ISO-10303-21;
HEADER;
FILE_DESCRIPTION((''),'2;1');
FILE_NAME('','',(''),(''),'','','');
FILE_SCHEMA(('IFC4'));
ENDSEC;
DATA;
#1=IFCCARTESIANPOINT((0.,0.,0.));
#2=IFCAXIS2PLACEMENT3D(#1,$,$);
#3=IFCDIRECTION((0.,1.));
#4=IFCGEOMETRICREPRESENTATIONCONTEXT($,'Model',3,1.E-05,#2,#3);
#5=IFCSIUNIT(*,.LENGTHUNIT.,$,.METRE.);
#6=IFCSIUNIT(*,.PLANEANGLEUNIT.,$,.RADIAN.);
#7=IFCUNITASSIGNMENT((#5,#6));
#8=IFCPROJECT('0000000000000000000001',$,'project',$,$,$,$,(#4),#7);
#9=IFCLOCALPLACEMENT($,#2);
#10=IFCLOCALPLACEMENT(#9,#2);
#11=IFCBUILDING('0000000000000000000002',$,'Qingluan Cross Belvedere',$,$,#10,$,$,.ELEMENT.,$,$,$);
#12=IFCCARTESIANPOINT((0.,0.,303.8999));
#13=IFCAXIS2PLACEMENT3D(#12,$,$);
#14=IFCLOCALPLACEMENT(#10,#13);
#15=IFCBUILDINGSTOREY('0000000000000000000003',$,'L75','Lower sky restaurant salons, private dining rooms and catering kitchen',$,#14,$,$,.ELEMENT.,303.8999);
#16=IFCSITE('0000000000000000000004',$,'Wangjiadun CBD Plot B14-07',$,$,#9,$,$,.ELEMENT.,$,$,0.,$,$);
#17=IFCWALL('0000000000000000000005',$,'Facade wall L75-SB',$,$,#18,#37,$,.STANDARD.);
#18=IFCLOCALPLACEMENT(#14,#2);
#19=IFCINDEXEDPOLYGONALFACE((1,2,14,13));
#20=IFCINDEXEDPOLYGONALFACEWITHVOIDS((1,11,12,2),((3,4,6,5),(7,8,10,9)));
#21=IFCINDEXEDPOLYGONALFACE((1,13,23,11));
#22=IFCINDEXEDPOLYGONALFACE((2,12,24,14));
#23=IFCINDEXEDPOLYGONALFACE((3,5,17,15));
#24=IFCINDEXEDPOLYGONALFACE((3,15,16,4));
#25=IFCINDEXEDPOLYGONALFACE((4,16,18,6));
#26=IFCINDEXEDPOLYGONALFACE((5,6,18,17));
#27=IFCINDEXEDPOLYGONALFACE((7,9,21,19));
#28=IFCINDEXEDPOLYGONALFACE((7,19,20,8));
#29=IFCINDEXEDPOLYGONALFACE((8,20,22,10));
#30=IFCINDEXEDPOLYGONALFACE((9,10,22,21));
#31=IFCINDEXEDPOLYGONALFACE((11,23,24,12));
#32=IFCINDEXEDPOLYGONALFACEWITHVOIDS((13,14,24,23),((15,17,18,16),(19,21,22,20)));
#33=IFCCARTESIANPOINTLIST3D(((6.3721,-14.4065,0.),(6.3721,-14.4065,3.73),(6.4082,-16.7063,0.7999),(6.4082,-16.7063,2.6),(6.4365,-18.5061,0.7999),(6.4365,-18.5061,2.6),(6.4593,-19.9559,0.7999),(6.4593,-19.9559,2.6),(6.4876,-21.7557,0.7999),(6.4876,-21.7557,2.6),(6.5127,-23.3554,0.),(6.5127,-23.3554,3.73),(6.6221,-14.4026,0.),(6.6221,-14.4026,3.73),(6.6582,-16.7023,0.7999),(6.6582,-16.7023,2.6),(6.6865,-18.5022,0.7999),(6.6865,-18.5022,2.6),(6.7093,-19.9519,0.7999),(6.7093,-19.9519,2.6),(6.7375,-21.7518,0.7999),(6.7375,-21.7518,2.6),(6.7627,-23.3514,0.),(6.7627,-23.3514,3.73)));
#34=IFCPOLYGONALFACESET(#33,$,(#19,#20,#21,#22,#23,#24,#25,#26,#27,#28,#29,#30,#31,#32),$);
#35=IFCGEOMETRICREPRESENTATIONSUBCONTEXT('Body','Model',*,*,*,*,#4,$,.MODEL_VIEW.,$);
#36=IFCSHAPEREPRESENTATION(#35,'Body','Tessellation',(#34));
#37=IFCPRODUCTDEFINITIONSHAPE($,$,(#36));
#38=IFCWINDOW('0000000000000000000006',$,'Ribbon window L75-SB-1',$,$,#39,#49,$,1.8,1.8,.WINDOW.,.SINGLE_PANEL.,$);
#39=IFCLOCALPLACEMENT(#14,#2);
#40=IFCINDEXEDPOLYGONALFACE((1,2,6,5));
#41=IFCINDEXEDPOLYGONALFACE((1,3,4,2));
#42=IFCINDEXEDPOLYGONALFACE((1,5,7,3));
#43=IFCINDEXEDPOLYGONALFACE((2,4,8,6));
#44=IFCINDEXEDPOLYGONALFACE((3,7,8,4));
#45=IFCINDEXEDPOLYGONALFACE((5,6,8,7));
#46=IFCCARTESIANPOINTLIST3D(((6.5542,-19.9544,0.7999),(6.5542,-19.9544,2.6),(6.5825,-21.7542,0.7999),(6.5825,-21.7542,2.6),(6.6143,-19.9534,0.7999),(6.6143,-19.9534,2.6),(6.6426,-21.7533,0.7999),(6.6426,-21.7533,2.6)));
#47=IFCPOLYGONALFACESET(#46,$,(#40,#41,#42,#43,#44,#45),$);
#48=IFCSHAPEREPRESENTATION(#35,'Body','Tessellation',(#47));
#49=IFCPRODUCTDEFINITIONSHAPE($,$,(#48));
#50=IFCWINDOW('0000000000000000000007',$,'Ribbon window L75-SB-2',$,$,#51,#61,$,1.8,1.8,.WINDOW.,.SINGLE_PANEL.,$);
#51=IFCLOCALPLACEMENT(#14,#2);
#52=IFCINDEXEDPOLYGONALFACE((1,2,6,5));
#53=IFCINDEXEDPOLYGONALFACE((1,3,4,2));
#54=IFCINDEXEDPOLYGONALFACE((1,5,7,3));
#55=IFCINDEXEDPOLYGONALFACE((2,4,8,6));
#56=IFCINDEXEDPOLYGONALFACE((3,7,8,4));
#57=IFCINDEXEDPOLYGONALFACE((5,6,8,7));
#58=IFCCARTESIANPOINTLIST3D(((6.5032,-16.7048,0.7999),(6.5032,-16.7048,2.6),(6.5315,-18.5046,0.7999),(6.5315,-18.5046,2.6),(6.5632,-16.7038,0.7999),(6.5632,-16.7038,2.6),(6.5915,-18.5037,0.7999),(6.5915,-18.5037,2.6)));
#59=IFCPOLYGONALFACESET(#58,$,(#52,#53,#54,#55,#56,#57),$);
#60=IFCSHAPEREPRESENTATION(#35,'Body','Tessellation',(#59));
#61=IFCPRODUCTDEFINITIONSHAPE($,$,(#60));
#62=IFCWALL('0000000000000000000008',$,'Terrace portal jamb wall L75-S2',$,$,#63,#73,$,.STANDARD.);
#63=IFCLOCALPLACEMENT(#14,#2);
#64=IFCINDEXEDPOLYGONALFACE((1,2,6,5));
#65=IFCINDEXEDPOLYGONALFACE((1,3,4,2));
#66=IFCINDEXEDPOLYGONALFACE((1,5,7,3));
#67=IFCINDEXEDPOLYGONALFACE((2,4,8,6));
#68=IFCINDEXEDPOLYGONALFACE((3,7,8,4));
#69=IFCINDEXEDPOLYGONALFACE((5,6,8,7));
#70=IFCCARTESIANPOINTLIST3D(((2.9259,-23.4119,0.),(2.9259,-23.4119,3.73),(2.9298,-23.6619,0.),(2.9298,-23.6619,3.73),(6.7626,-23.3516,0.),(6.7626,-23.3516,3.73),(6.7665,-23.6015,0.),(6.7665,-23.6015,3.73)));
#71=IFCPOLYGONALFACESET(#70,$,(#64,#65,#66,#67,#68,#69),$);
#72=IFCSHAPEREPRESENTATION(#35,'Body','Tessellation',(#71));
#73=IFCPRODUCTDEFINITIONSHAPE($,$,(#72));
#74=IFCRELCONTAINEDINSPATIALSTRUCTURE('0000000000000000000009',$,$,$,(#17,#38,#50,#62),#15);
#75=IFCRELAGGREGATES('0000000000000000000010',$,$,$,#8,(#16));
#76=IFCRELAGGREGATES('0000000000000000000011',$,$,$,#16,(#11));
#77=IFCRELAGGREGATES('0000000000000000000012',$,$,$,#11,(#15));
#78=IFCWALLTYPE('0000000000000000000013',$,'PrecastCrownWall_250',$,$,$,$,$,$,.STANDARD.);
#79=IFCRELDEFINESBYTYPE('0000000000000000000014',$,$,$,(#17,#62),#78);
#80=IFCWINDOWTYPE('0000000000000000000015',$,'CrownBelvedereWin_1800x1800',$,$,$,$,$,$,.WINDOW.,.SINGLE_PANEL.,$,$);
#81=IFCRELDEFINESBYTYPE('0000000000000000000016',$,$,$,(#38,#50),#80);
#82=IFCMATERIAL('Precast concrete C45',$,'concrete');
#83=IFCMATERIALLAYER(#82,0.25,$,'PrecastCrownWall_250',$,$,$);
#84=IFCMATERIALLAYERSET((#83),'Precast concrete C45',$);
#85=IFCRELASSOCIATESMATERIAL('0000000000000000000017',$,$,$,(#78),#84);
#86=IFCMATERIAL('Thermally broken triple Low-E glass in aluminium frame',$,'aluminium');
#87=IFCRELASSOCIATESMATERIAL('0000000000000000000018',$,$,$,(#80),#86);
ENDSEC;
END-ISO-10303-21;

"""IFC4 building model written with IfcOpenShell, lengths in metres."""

from ifc_helpers import new_model, si_unit, direction, frame, frame_2d, origin, place, context, subcontext, project, spatial, rectangle, extrude, material, layer, layer_set, type_object, element, fill, save


model = new_model("IFC4")

# Units and contexts
model_context = context("Model", 3, precision=1e-05, world=origin(), true_north=direction((0.0, 1.0)))
body_context = subcontext(model_context, "Body", "Model", "MODEL_VIEW")
ifc_project = project(units=[si_unit("LENGTHUNIT", "METRE"), si_unit("PLANEANGLEUNIT", "RADIAN")], contexts=[model_context])

# Site, building, storey
site_placement = place(None, origin())
site = spatial("IfcSite", under=ifc_project, at=site_placement, Name="Wangjiadun CBD Plot B14-07", CompositionType="ELEMENT", RefElevation=0.0)
building_placement = place(site_placement, origin())
building = spatial("IfcBuilding", under=site, at=building_placement, Name="Qingluan Cross Belvedere", CompositionType="ELEMENT")
storey_placement = place(building_placement, frame((0.0, 0.0, 303.8999)))
storey = spatial("IfcBuildingStorey", under=building, at=storey_placement, Name="L75", Description="Lower sky restaurant salons, private dining rooms and catering kitchen", CompositionType="ELEMENT", Elevation=303.8999)

# Wall, openings, windows
ifc_material_1 = material(Name="Precast concrete C45", Category="concrete")
ifc_layer_1 = layer(ifc_material_1, 0.25, Name="PrecastCrownWall_250")
ifc_layer_set_1 = layer_set([ifc_layer_1], Name="Precast concrete C45")
wall_type_1 = type_object("IfcWallType", Name="PrecastCrownWall_250", PredefinedType="STANDARD", material=ifc_layer_set_1)
wall_1_placement = place(storey_placement, frame((6.6377, -23.3535, 0.0), z_axis=(0.0, 0.0, 1.0), x_axis=(-0.015713, 0.999877, 0.0)))
wall_1 = element("IfcWall", 1, at=wall_1_placement, inside=storey, type_object=wall_type_1, Name="Facade wall L75-SB", PredefinedType="STANDARD", context=body_context, shape_type="SweptSolid", body=[
    extrude(rectangle(XDim=8.95, YDim=0.25, at=frame_2d((4.4751, 0.0))), origin(), (0.0, 0.0, 1.0), 3.73),
])
opening_1_placement = place(wall_1_placement, frame((1.6001, 0.0, 0.8)))
opening_1 = element("IfcOpeningElement", 2, at=opening_1_placement, cuts=wall_1, PredefinedType="OPENING", context=body_context, shape_type="SweptSolid", body=[
    extrude(rectangle(XDim=1.8, YDim=1.8, at=frame_2d((0.8999, 0.8999))), frame((0.0, 0.135, 0.0), z_axis=(0.0, -1.0, 0.0), x_axis=(1.0, 0.0, 0.0)), (0.0, 0.0, 1.0), 0.27),
])
opening_2_placement = place(wall_1_placement, frame((4.8501, 0.0, 0.8)))
opening_2 = element("IfcOpeningElement", 3, at=opening_2_placement, cuts=wall_1, PredefinedType="OPENING", context=body_context, shape_type="SweptSolid", body=[
    extrude(rectangle(XDim=1.8, YDim=1.8, at=frame_2d((0.8999, 0.8999))), frame((0.0, 0.135, 0.0), z_axis=(0.0, -1.0, 0.0), x_axis=(1.0, 0.0, 0.0)), (0.0, 0.0, 1.0), 0.27),
])
ifc_material_2 = material(Name="Thermally broken triple Low-E glass in aluminium frame", Category="aluminium")
window_type = type_object("IfcWindowType", Name="CrownBelvedereWin_1800x1800", PartitioningType="SINGLE_PANEL", PredefinedType="WINDOW", material=ifc_material_2)
window_1_placement = place(opening_1_placement, origin())
window_1 = element("IfcWindow", 4, at=window_1_placement, inside=storey, type_object=window_type, Name="Ribbon window L75-SB-1", OverallHeight=1.8, OverallWidth=1.8, PartitioningType="SINGLE_PANEL", PredefinedType="WINDOW", context=body_context, shape_type="SweptSolid", body=[
    extrude(rectangle(XDim=1.8, YDim=1.8, at=frame_2d((0.8999, 0.8999))), frame((0.0, 0.03, 0.0), z_axis=(0.0, -1.0, 0.0), x_axis=(1.0, 0.0, 0.0)), (0.0, 0.0, 1.0), 0.0601),
])
fill(opening_1, window_1)
window_2_placement = place(opening_2_placement, origin())
window_2 = element("IfcWindow", 5, at=window_2_placement, inside=storey, type_object=window_type, Name="Ribbon window L75-SB-2", OverallHeight=1.8, OverallWidth=1.8, PartitioningType="SINGLE_PANEL", PredefinedType="WINDOW", context=body_context, shape_type="SweptSolid", body=[
    extrude(rectangle(XDim=1.8, YDim=1.8, at=frame_2d((0.8999, 0.8999))), frame((0.0, 0.03, 0.0), z_axis=(0.0, -1.0, 0.0), x_axis=(1.0, 0.0, 0.0)), (0.0, 0.0, 1.0), 0.0601),
])
fill(opening_2, window_2)

# Wall
wall_2_placement = place(storey_placement, frame((2.928, -23.5369, 0.0), z_axis=(0.0, 0.0, 1.0), x_axis=(0.999877, 0.015716, 0.0)))
element("IfcWall", 6, at=wall_2_placement, inside=storey, type_object=wall_type_1, Name="Terrace portal jamb wall L75-S2", PredefinedType="STANDARD", context=body_context, shape_type="SweptSolid", body=[
    extrude(rectangle(XDim=3.8372, YDim=0.25, at=frame_2d((1.9185, 0.0))), origin(), (0.0, 0.0, 1.0), 3.73),
])

save(model, "model.ifc")
